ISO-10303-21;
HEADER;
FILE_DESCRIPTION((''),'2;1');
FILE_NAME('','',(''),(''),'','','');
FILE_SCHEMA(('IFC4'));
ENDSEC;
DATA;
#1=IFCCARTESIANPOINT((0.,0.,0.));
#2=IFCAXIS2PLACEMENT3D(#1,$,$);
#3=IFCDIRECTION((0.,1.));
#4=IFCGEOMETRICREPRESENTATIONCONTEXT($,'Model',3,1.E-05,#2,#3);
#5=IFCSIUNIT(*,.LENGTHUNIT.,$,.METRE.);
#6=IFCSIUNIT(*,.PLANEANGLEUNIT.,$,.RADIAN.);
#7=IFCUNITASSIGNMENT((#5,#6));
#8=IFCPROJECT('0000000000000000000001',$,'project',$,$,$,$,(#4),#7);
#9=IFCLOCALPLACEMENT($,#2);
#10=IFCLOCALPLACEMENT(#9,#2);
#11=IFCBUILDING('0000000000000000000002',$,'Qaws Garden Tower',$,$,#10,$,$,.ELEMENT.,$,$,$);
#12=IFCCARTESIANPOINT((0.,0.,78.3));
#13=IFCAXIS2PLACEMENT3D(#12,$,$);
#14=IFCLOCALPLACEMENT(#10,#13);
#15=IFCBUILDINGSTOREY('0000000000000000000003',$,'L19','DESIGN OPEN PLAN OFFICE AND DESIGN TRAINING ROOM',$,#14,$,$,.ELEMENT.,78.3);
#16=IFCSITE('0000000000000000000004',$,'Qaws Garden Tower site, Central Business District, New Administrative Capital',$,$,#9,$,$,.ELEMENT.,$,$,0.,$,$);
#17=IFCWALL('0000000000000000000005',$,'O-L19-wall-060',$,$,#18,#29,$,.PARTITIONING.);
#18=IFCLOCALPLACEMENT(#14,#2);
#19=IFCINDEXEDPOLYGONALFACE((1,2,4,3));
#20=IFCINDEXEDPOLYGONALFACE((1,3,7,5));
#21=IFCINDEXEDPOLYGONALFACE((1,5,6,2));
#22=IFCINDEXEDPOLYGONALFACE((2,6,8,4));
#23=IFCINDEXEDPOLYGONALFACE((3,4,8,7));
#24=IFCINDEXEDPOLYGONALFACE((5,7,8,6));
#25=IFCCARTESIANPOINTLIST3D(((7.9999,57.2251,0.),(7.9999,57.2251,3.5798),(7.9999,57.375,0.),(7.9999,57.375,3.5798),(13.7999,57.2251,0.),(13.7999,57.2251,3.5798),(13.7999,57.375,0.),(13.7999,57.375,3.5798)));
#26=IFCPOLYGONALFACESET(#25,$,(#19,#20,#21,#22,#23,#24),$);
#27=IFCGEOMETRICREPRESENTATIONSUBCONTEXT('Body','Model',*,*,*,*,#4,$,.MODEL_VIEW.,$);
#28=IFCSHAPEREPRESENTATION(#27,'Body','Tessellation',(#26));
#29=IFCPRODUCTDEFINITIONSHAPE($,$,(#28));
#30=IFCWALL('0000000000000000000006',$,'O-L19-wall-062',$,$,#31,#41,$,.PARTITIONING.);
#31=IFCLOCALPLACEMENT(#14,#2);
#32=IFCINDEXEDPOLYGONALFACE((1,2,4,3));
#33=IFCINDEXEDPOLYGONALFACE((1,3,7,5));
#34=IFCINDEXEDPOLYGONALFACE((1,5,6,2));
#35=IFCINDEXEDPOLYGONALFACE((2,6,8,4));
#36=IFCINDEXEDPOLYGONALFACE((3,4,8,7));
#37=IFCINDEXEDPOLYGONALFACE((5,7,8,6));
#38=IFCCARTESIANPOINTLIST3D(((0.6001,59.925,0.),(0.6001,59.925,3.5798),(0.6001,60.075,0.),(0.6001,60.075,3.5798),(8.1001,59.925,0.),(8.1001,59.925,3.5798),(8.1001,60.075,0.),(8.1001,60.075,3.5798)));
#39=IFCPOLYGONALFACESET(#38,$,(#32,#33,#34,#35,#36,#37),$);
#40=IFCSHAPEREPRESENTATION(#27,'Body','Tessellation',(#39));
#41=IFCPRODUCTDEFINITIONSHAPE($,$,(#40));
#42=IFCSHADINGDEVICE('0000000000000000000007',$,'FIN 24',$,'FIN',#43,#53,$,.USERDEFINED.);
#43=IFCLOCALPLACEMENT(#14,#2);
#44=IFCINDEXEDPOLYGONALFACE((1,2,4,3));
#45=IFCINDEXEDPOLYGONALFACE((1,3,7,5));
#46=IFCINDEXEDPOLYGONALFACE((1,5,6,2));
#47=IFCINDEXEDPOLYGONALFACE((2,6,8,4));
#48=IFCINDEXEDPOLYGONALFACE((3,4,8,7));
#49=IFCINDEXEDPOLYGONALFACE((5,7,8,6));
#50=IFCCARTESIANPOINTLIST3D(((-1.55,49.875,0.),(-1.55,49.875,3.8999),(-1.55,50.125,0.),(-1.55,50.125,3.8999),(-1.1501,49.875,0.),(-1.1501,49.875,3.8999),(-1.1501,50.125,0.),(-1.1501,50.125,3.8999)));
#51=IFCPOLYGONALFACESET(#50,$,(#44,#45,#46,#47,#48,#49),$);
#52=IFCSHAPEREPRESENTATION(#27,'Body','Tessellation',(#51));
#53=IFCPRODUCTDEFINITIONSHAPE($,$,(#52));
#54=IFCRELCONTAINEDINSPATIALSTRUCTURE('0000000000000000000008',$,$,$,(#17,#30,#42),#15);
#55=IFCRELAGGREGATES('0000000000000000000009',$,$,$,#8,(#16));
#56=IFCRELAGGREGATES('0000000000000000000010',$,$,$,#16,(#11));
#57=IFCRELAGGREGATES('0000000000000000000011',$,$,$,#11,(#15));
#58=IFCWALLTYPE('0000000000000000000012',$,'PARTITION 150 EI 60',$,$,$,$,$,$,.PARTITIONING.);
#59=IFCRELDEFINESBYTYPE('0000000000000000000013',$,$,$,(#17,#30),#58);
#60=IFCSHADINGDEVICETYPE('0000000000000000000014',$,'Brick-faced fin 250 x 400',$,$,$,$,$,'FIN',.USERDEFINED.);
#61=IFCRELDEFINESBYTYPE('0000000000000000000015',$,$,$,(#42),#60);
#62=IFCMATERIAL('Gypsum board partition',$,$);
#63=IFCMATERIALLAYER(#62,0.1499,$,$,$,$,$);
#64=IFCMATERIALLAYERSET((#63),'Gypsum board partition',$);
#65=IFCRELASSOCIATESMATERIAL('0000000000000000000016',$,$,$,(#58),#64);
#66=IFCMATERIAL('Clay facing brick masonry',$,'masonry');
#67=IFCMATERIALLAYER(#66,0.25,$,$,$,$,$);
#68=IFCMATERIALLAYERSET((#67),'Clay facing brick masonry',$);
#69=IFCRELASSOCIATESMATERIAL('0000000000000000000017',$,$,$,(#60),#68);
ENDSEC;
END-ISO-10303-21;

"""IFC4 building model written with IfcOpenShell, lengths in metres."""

from ifc_helpers import new_model, si_unit, direction, frame, frame_2d, origin, origin_2d, place, context, subcontext, project, spatial, rectangle, extrude, material, layer, layer_set, type_object, element, save


model = new_model("IFC4")

# Units and contexts
model_context = context("Model", 3, precision=1e-05, world=origin(), true_north=direction((0.0, 1.0)))
body_context = subcontext(model_context, "Body", "Model", "MODEL_VIEW")
ifc_project = project(units=[si_unit("LENGTHUNIT", "METRE"), si_unit("PLANEANGLEUNIT", "RADIAN")], contexts=[model_context])

# Site, building, storey
site_placement = place(None, origin())
site = spatial("IfcSite", under=ifc_project, at=site_placement, Name="Qaws Garden Tower site, Central Business District, New Administrative Capital", CompositionType="ELEMENT", RefElevation=0.0)
building_placement = place(site_placement, origin())
building = spatial("IfcBuilding", under=site, at=building_placement, Name="Qaws Garden Tower", CompositionType="ELEMENT")
storey_placement = place(building_placement, frame((0.0, 0.0, 78.3)))
storey = spatial("IfcBuildingStorey", under=building, at=storey_placement, Name="L19", Description="DESIGN OPEN PLAN OFFICE AND DESIGN TRAINING ROOM", CompositionType="ELEMENT", Elevation=78.3)

# Shared definitions
ifc_material_1 = material(Name="Gypsum board partition")
ifc_layer_1 = layer(ifc_material_1, 0.1499)
ifc_layer_set_1 = layer_set([ifc_layer_1], Name="Gypsum board partition")
wall_type_1 = type_object("IfcWallType", Name="PARTITION 150 EI 60", PredefinedType="PARTITIONING", material=ifc_layer_set_1)

# Walls
wall_1_placement = place(storey_placement, frame((8.0, 57.3, 0.0), z_axis=(0.0, 0.0, 1.0), x_axis=(1.0, 0.0, 0.0)))
element("IfcWall", 1, at=wall_1_placement, inside=storey, type_object=wall_type_1, Name="O-L19-wall-060", PredefinedType="PARTITIONING", context=body_context, shape_type="SweptSolid", body=[
    extrude(rectangle(XDim=5.8, YDim=0.1499, at=frame_2d((2.8999, 0.0))), origin(), (0.0, 0.0, 1.0), 3.5798),
])
wall_2_placement = place(storey_placement, frame((0.6001, 60.0, 0.0), z_axis=(0.0, 0.0, 1.0), x_axis=(1.0, 0.0, 0.0)))
element("IfcWall", 2, at=wall_2_placement, inside=storey, type_object=wall_type_1, Name="O-L19-wall-062", PredefinedType="PARTITIONING", context=body_context, shape_type="SweptSolid", body=[
    extrude(rectangle(XDim=7.5, YDim=0.1499, at=frame_2d((3.75, 0.0))), origin(), (0.0, 0.0, 1.0), 3.5798),
])

# Shading device
ifc_material_2 = material(Name="Clay facing brick masonry", Category="masonry")
ifc_layer_2 = layer(ifc_material_2, 0.25)
ifc_layer_set_2 = layer_set([ifc_layer_2], Name="Clay facing brick masonry")
shading_device_type = type_object("IfcShadingDeviceType", Name="Brick-faced fin 250 x 400", ElementType="FIN", PredefinedType="USERDEFINED", material=ifc_layer_set_2)
shading_device_placement = place(storey_placement, frame((-1.3501, 50.0, 0.0), z_axis=(0.0, 0.0, 1.0), x_axis=(0.0, -1.0, 0.0)))
element("IfcShadingDevice", 3, at=shading_device_placement, inside=storey, type_object=shading_device_type, Name="FIN 24", ObjectType="FIN", PredefinedType="USERDEFINED", context=body_context, shape_type="SweptSolid", body=[
    extrude(rectangle(XDim=0.25, YDim=0.3999, at=origin_2d()), origin(), (0.0, 0.0, 1.0), 3.8999),
])

save(model, "model.ifc")
